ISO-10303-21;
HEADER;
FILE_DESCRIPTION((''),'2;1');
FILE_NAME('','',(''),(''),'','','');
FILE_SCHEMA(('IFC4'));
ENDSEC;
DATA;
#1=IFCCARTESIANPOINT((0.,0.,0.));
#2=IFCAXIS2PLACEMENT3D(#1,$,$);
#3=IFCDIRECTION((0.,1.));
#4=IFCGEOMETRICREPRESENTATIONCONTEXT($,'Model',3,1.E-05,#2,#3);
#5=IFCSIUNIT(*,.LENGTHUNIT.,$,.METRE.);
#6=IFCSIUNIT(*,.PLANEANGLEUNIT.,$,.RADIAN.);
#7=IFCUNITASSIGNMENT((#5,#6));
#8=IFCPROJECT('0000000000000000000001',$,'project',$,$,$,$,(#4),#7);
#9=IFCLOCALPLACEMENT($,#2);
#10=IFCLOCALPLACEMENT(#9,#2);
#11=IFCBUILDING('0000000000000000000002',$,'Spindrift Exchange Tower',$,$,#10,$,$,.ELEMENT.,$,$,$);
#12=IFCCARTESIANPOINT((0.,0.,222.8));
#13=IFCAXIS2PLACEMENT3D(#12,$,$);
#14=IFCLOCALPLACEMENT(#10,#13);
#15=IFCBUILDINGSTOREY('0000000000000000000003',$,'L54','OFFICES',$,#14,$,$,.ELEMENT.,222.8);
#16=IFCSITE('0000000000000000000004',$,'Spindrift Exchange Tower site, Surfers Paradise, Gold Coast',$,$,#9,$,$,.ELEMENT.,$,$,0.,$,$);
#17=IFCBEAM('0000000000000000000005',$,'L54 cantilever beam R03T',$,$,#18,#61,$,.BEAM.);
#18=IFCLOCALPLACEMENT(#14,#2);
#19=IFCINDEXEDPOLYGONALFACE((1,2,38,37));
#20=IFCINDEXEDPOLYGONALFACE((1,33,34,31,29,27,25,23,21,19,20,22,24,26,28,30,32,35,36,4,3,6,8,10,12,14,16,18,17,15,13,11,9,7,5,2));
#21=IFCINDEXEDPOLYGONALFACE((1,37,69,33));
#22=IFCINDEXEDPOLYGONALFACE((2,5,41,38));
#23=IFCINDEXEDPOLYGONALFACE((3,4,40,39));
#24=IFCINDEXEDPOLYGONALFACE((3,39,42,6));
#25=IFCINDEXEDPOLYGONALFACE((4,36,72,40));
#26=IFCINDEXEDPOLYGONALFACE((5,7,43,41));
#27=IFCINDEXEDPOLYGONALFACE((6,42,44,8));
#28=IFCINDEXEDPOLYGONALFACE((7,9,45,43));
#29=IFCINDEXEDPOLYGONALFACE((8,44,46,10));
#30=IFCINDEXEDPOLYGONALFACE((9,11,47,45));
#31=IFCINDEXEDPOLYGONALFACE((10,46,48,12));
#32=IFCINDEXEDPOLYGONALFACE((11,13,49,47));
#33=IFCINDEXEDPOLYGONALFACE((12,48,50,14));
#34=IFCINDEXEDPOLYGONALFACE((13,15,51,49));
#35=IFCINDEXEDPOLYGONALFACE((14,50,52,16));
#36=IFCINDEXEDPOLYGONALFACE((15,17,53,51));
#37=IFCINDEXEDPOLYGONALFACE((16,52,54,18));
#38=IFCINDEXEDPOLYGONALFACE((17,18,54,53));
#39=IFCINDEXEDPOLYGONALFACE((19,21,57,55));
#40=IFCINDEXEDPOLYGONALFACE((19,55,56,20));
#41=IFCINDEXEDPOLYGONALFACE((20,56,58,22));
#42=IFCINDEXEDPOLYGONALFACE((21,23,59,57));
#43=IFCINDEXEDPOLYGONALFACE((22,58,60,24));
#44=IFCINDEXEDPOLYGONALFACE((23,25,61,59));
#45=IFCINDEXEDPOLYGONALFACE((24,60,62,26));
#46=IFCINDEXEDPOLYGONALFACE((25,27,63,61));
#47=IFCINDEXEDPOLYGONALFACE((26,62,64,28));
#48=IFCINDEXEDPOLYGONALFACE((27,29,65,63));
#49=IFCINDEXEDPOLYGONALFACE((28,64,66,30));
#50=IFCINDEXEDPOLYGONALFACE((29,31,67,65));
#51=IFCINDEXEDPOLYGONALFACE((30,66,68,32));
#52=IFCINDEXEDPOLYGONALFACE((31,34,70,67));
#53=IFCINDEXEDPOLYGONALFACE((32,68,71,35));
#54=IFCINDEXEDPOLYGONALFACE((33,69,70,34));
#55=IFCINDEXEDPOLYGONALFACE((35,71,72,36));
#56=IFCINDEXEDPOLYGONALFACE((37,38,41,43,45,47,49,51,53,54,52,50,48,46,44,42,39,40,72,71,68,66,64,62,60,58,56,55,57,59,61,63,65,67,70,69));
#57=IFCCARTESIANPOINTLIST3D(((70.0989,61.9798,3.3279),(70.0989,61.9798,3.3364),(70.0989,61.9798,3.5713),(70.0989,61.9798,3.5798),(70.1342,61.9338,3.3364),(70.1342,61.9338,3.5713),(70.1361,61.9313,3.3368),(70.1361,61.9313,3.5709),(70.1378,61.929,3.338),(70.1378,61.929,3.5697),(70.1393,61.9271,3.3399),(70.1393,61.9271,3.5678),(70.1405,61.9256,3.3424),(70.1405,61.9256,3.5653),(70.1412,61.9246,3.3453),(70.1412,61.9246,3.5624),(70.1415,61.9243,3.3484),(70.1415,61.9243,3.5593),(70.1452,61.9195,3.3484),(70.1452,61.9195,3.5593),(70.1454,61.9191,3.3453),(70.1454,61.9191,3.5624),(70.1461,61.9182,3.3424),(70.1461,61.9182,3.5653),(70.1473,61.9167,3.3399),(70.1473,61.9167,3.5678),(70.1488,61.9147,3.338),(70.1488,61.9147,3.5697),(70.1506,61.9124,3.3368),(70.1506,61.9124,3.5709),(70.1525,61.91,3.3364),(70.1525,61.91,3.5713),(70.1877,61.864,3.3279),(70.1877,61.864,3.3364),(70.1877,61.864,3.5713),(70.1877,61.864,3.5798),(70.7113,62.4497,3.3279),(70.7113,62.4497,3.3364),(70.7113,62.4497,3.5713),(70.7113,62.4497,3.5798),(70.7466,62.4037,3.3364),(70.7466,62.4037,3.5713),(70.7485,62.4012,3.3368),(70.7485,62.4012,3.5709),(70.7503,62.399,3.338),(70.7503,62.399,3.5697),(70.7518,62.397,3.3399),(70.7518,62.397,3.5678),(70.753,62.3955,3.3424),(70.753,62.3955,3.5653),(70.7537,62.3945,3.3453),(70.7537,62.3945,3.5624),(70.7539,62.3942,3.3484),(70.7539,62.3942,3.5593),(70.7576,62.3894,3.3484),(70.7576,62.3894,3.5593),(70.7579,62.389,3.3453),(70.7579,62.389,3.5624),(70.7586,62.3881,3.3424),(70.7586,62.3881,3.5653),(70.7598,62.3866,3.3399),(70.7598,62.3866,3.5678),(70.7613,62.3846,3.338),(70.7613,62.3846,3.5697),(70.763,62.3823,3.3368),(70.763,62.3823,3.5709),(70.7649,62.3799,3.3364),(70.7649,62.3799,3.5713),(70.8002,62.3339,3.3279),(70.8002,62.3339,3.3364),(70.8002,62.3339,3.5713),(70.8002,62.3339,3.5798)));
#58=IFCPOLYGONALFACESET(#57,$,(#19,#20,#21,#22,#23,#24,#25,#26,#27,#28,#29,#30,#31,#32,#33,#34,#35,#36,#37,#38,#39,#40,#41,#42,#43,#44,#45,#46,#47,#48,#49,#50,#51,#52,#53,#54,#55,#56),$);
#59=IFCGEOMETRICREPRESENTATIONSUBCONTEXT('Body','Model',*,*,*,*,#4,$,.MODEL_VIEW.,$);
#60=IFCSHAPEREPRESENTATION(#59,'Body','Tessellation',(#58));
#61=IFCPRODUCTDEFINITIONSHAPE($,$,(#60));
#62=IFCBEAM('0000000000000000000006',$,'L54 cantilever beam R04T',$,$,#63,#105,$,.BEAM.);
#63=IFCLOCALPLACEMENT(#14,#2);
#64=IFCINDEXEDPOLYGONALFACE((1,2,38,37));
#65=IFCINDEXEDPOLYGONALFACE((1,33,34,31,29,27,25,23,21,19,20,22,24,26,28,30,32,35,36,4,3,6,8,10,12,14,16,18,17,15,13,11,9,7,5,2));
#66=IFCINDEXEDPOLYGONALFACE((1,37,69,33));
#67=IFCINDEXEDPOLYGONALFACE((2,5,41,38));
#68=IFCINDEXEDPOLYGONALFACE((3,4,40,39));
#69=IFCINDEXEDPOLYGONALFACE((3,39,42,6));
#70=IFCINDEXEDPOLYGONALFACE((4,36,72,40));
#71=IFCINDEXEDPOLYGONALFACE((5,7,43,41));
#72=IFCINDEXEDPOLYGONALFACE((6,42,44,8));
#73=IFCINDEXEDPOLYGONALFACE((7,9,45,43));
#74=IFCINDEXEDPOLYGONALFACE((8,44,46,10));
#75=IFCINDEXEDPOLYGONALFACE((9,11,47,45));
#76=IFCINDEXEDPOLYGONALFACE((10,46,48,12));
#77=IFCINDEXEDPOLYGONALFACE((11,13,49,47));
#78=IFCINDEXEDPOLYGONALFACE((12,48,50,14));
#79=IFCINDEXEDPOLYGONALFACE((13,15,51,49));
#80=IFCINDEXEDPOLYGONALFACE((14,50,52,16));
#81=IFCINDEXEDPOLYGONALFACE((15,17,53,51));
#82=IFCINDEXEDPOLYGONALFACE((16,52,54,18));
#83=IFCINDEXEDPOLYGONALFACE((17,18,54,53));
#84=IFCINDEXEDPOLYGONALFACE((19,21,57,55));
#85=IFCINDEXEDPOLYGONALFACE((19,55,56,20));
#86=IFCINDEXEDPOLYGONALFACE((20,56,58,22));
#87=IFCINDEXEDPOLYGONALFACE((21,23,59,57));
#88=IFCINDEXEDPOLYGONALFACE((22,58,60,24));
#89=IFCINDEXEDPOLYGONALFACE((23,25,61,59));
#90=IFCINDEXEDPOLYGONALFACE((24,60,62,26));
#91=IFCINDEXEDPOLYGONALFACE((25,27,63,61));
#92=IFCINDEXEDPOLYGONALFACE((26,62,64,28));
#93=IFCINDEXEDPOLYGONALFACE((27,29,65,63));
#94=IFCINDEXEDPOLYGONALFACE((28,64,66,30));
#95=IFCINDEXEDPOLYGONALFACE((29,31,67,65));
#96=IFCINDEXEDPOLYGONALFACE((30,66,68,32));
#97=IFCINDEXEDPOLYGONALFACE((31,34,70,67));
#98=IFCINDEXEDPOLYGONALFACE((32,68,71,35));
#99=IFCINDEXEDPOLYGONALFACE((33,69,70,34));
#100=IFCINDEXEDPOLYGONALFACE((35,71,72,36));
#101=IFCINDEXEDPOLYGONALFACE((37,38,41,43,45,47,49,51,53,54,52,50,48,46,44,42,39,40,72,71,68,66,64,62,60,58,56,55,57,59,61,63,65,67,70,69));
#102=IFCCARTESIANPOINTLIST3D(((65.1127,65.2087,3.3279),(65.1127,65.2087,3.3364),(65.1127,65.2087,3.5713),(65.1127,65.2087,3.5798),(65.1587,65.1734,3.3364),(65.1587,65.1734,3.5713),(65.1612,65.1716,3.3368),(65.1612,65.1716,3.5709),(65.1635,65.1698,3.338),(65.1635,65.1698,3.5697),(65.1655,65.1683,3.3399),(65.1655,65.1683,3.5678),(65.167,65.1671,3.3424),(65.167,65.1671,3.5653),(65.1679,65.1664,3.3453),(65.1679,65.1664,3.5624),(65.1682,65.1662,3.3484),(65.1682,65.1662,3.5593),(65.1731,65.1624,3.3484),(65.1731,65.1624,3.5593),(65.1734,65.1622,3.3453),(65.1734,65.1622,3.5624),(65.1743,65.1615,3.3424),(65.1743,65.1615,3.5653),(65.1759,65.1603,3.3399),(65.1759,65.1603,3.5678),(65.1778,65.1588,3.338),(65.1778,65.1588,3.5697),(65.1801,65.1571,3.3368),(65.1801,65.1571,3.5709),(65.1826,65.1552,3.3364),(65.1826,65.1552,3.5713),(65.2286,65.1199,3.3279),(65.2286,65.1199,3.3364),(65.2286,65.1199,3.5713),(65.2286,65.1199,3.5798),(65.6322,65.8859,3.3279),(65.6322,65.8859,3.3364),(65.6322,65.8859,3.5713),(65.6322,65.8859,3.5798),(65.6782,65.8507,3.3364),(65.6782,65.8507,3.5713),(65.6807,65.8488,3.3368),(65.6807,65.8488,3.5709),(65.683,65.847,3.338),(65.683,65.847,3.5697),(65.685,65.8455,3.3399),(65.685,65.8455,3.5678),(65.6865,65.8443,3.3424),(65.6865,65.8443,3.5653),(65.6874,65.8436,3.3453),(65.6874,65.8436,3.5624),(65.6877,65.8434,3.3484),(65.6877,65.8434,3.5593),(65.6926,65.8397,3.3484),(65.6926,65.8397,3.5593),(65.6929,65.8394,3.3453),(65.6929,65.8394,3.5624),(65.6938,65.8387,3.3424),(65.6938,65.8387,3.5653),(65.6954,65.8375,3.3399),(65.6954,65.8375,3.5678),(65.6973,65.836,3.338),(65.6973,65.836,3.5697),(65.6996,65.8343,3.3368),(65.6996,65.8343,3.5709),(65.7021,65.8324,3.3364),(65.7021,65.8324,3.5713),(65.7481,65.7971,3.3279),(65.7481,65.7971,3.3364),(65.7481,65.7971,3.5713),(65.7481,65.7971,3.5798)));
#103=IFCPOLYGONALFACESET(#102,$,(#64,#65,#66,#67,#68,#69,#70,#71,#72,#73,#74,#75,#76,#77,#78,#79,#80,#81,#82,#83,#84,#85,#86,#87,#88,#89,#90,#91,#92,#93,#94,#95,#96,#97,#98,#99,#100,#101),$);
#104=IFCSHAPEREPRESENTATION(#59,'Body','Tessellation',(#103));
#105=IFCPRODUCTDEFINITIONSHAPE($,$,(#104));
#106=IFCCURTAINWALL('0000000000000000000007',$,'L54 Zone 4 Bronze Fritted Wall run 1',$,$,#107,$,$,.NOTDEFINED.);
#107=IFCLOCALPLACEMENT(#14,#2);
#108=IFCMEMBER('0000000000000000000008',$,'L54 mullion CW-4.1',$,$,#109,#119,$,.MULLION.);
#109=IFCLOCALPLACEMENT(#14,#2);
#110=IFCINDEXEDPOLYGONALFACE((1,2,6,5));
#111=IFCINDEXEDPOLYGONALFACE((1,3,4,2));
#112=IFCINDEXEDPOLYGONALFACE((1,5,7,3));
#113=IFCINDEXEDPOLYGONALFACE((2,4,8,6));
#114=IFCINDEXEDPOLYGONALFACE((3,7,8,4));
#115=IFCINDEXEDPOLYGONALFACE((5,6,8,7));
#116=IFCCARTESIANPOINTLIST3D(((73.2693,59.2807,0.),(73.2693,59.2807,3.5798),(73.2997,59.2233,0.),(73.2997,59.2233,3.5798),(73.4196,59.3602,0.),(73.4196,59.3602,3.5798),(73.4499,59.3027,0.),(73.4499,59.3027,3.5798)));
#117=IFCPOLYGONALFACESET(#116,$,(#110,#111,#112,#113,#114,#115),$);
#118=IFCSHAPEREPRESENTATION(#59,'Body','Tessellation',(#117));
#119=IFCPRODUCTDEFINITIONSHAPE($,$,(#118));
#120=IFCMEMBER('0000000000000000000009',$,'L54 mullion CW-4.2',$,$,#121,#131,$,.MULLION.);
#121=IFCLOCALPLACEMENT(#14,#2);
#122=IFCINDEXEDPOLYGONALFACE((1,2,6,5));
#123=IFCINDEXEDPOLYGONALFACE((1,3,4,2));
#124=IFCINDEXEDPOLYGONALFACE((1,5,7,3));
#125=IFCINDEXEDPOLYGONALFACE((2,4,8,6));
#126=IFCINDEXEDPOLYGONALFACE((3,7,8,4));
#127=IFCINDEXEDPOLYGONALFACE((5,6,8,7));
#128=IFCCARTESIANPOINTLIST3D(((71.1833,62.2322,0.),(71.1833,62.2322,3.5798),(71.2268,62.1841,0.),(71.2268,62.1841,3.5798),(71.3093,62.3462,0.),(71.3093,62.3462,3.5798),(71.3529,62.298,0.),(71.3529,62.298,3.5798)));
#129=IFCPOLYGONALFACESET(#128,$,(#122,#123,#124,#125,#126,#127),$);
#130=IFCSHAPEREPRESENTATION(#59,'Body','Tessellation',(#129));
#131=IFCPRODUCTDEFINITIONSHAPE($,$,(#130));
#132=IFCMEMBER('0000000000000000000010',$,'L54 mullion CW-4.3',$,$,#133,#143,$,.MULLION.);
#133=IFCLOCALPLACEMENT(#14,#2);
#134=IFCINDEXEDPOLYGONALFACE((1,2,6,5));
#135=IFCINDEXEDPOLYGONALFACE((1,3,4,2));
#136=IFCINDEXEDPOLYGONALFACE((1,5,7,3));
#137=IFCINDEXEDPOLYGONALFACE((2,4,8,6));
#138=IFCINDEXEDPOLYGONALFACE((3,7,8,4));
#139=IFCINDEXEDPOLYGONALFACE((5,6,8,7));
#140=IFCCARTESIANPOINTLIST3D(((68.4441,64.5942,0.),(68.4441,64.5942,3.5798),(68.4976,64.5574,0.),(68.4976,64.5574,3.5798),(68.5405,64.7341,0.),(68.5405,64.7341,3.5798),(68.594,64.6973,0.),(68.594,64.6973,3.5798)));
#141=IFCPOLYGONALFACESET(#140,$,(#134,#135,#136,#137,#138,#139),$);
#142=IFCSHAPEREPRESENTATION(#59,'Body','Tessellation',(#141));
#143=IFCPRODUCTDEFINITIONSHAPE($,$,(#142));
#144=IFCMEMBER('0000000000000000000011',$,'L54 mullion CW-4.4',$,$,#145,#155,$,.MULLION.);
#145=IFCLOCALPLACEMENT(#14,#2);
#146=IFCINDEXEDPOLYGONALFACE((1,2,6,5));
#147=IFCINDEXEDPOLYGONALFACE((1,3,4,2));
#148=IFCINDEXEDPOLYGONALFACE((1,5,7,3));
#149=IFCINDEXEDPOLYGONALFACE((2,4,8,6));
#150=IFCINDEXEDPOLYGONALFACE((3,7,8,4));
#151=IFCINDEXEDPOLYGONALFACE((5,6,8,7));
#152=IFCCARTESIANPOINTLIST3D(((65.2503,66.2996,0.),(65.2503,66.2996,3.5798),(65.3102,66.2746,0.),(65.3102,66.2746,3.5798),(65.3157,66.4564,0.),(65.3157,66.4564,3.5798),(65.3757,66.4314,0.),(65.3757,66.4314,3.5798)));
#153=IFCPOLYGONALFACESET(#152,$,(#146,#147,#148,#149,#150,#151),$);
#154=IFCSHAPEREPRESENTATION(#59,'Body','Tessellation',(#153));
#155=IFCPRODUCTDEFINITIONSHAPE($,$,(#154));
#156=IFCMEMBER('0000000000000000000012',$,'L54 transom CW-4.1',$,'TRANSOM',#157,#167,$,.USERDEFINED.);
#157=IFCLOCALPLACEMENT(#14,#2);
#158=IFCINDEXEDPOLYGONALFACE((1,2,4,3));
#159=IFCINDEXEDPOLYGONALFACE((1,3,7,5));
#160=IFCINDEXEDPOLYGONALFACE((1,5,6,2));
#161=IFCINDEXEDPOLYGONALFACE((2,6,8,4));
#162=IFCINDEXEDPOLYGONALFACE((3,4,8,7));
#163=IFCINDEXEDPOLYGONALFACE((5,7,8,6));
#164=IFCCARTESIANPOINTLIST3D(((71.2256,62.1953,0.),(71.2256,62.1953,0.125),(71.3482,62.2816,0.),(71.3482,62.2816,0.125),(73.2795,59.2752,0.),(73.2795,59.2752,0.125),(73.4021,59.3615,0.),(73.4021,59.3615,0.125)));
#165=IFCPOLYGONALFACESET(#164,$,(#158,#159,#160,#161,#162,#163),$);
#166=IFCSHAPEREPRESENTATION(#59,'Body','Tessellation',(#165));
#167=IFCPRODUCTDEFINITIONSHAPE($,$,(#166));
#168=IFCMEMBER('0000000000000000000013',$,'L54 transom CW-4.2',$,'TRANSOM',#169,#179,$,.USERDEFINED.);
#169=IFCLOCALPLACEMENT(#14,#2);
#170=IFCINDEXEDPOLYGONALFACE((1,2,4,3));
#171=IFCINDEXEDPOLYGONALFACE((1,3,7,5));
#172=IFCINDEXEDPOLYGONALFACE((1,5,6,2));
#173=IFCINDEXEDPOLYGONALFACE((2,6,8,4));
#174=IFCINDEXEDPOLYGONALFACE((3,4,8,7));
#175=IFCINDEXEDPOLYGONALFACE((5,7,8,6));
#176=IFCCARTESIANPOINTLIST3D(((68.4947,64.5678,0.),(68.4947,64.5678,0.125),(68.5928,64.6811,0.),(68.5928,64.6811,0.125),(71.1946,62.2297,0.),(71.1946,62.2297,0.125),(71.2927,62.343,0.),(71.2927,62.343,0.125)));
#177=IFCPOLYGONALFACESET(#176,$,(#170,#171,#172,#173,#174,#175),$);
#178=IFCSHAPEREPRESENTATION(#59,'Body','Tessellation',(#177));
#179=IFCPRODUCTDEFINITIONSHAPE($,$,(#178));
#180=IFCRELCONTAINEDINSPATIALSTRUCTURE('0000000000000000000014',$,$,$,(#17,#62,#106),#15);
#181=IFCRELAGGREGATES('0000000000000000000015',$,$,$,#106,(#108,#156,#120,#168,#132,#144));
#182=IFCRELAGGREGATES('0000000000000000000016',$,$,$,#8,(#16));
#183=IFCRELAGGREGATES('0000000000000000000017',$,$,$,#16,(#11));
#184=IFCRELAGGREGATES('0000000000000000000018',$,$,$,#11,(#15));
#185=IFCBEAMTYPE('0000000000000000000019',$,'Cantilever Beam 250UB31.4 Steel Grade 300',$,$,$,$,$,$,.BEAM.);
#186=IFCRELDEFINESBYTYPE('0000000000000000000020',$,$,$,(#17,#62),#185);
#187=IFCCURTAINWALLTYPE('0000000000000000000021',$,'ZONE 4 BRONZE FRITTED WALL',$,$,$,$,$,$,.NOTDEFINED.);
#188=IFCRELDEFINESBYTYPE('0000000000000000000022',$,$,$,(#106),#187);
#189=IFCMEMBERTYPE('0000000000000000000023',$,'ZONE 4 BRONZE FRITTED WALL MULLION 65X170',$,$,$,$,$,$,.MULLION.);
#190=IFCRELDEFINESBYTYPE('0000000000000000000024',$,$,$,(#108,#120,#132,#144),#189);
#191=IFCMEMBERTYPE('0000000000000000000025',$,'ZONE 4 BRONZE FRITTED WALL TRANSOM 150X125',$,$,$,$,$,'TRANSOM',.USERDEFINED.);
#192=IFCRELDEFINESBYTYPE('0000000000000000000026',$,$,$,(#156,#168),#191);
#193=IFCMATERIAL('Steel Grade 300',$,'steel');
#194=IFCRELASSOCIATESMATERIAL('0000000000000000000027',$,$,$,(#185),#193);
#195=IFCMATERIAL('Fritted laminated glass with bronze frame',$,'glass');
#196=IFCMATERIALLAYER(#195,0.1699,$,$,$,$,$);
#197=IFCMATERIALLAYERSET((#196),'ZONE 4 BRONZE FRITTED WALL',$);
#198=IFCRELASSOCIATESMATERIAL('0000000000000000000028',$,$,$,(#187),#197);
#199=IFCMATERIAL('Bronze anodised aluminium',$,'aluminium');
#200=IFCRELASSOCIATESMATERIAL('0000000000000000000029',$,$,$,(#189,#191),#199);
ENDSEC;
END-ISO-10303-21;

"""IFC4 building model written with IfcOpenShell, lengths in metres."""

from ifc_helpers import new_model, si_unit, direction, frame, origin, origin_2d, place, context, subcontext, project, spatial, rectangle, i_section, extrude, source, transform, mapped, material, layer, layer_set, material_profile, profile_set, type_object, element, aggregate, save


model = new_model("IFC4")

# Units and contexts
model_context = context("Model", 3, precision=1e-05, world=origin(), true_north=direction((0.0, 1.0)))
body_context = subcontext(model_context, "Body", "Model", "MODEL_VIEW")
ifc_project = project(units=[si_unit("LENGTHUNIT", "METRE"), si_unit("PLANEANGLEUNIT", "RADIAN")], contexts=[model_context])

# Site, building, storey
site_placement = place(None, origin())
site = spatial("IfcSite", under=ifc_project, at=site_placement, Name="Spindrift Exchange Tower site, Surfers Paradise, Gold Coast", CompositionType="ELEMENT", RefElevation=0.0)
building_placement = place(site_placement, origin())
building = spatial("IfcBuilding", under=site, at=building_placement, Name="Spindrift Exchange Tower", CompositionType="ELEMENT")
storey_placement = place(building_placement, frame((0.0, 0.0, 222.8)))
storey = spatial("IfcBuildingStorey", under=building, at=storey_placement, Name="L54", Description="OFFICES", CompositionType="ELEMENT", Elevation=222.8)

# Beams
ifc_material_1 = material(Name="Steel Grade 300", Category="steel")
ifc_material_profile_1 = material_profile(ifc_material_1, i_section(OverallWidth=0.146, OverallDepth=0.252, WebThickness=0.0061, FlangeThickness=0.0085, FilletRadius=0.012, at=origin_2d()), Name="250UB31.4")
ifc_profile_set_1 = profile_set([ifc_material_profile_1], Name="Steel Grade 300")
beam_type_1 = type_object("IfcBeamType", Name="Cantilever Beam 250UB31.4 Steel Grade 300", PredefinedType="BEAM", material=ifc_profile_set_1)
shared_shape_1 = source(origin(), body_context, "Body", "SweptSolid", [
    extrude(i_section(OverallWidth=0.146, OverallDepth=0.252, WebThickness=0.0061, FlangeThickness=0.0085, FilletRadius=0.012, at=origin_2d()), origin(), (0.0, 0.0, 1.0), 0.772),
])
beam_1_placement = place(storey_placement, frame((70.1433, 61.9219, 3.4539), z_axis=(0.793387, 0.608717, 0.0), x_axis=(-0.608717, 0.793387, 0.0)))
element("IfcBeam", 1, at=beam_1_placement, inside=storey, type_object=beam_type_1, Name="L54 cantilever beam R03T", PredefinedType="BEAM", context=body_context, shape_type="MappedRepresentation", body=[
    mapped(shared_shape_1, transform((0.0, 0.0, 0.0), scale=1.0)),
])
shared_shape_2 = source(origin(), body_context, "Body", "SweptSolid", [
    extrude(i_section(OverallWidth=0.146, OverallDepth=0.252, WebThickness=0.0061, FlangeThickness=0.0085, FilletRadius=0.012, at=origin_2d()), origin(), (0.0, 0.0, 1.0), 0.8535),
])
beam_2_placement = place(storey_placement, frame((65.1707, 65.1643, 3.4539), z_axis=(0.60866, 0.793431, 0.0), x_axis=(-0.793431, 0.60866, 0.0)))
element("IfcBeam", 2, at=beam_2_placement, inside=storey, type_object=beam_type_1, Name="L54 cantilever beam R04T", PredefinedType="BEAM", context=body_context, shape_type="MappedRepresentation", body=[
    mapped(shared_shape_2, transform((0.0, 0.0, 0.0), scale=1.0)),
])

# Curtain wall, members
ifc_material_2 = material(Name="Fritted laminated glass with bronze frame", Category="glass")
ifc_layer_1 = layer(ifc_material_2, 0.1699)
ifc_layer_set_1 = layer_set([ifc_layer_1], Name="ZONE 4 BRONZE FRITTED WALL")
curtain_wall_type = type_object("IfcCurtainWallType", Name="ZONE 4 BRONZE FRITTED WALL", PredefinedType="NOTDEFINED", material=ifc_layer_set_1)
curtain_wall_1_placement = place(storey_placement, origin())
curtain_wall_1 = element("IfcCurtainWall", 3, at=curtain_wall_1_placement, inside=storey, type_object=curtain_wall_type, Name="L54 Zone 4 Bronze Fritted Wall run 1", PredefinedType="NOTDEFINED")
ifc_material_3 = material(Name="Bronze anodised aluminium", Category="aluminium")
ifc_material_profile_2 = material_profile(ifc_material_3, rectangle(XDim=0.0649, YDim=0.1699, at=origin_2d()), Name="ZONE 4 BRONZE FRITTED WALL MULLION 65X170")
ifc_profile_set_2 = profile_set([ifc_material_profile_2], Name="Bronze anodised aluminium")
member_type_1 = type_object("IfcMemberType", Name="ZONE 4 BRONZE FRITTED WALL MULLION 65X170", PredefinedType="MULLION", material=ifc_profile_set_2)
shared_shape_3 = source(origin(), body_context, "Body", "SweptSolid", [
    extrude(rectangle(XDim=0.0649, YDim=0.1699, at=origin_2d()), origin(), (0.0, 0.0, 1.0), 3.5798),
])
member_1_placement = place(storey_placement, frame((73.3596, 59.2917, 0.0), z_axis=(0.0, 0.0, 1.0), x_axis=(-0.467367, 0.884063, 0.0)))
member_1 = element("IfcMember", 4, at=member_1_placement, type_object=member_type_1, Name="L54 mullion CW-4.1", PredefinedType="MULLION", context=body_context, shape_type="MappedRepresentation", body=[
    mapped(shared_shape_3, transform((0.0, 0.0, 0.0), scale=1.0)),
])
member_2_placement = place(storey_placement, frame((71.2681, 62.2651, 0.0), z_axis=(0.0, 0.0, 1.0), x_axis=(-0.67061, 0.74181, 0.0)))
member_2 = element("IfcMember", 5, at=member_2_placement, type_object=member_type_1, Name="L54 mullion CW-4.2", PredefinedType="MULLION", context=body_context, shape_type="MappedRepresentation", body=[
    mapped(shared_shape_3, transform((0.0, 0.0, 0.0), scale=1.0)),
])
member_3_placement = place(storey_placement, frame((68.519, 64.6458, 0.0), z_axis=(0.0, 0.0, 1.0), x_axis=(-0.823626, 0.567134, 0.0)))
member_3 = element("IfcMember", 6, at=member_3_placement, type_object=member_type_1, Name="L54 mullion CW-4.3", PredefinedType="MULLION", context=body_context, shape_type="MappedRepresentation", body=[
    mapped(shared_shape_3, transform((0.0, 0.0, 0.0), scale=1.0)),
])
member_4_placement = place(storey_placement, frame((65.313, 66.3655, 0.0), z_axis=(0.0, 0.0, 1.0), x_axis=(-0.922882, 0.385084, 0.0)))
member_4 = element("IfcMember", 7, at=member_4_placement, type_object=member_type_1, Name="L54 mullion CW-4.4", PredefinedType="MULLION", context=body_context, shape_type="MappedRepresentation", body=[
    mapped(shared_shape_3, transform((0.0, 0.0, 0.0), scale=1.0)),
])
ifc_material_profile_3 = material_profile(ifc_material_3, rectangle(XDim=0.1499, YDim=0.125, at=origin_2d()), Name="ZONE 4 BRONZE FRITTED WALL TRANSOM 150X125")
ifc_profile_set_3 = profile_set([ifc_material_profile_3], Name="Bronze anodised aluminium")
member_type_2 = type_object("IfcMemberType", Name="ZONE 4 BRONZE FRITTED WALL TRANSOM 150X125", ElementType="TRANSOM", PredefinedType="USERDEFINED", material=ifc_profile_set_3)
shared_shape_4 = source(origin(), body_context, "Body", "SweptSolid", [
    extrude(rectangle(XDim=0.1499, YDim=0.125, at=origin_2d()), origin(), (0.0, 0.0, 1.0), 3.5701),
])
member_5_placement = place(storey_placement, frame((73.3408, 59.3184, 0.0625), z_axis=(-0.57531, 0.817935, 0.0), x_axis=(-0.817935, -0.57531, 0.0)))
member_5 = element("IfcMember", 8, at=member_5_placement, type_object=member_type_2, Name="L54 transom CW-4.1", ObjectType="TRANSOM", PredefinedType="USERDEFINED", context=body_context, shape_type="MappedRepresentation", body=[
    mapped(shared_shape_4, transform((0.0, 0.0, 0.0), scale=1.0)),
])
shared_shape_5 = source(origin(), body_context, "Body", "SweptSolid", [
    extrude(rectangle(XDim=0.1499, YDim=0.125, at=origin_2d()), origin(), (0.0, 0.0, 1.0), 3.5715),
])
member_6_placement = place(storey_placement, frame((71.2437, 62.2864, 0.0625), z_axis=(-0.755942, 0.654639, 0.0), x_axis=(-0.654639, -0.755942, 0.0)))
member_6 = element("IfcMember", 9, at=member_6_placement, type_object=member_type_2, Name="L54 transom CW-4.2", ObjectType="TRANSOM", PredefinedType="USERDEFINED", context=body_context, shape_type="MappedRepresentation", body=[
    mapped(shared_shape_5, transform((0.0, 0.0, 0.0), scale=1.0)),
])

aggregate(curtain_wall_1, [member_1, member_5, member_2, member_6, member_3, member_4])

save(model, "model.ifc")
